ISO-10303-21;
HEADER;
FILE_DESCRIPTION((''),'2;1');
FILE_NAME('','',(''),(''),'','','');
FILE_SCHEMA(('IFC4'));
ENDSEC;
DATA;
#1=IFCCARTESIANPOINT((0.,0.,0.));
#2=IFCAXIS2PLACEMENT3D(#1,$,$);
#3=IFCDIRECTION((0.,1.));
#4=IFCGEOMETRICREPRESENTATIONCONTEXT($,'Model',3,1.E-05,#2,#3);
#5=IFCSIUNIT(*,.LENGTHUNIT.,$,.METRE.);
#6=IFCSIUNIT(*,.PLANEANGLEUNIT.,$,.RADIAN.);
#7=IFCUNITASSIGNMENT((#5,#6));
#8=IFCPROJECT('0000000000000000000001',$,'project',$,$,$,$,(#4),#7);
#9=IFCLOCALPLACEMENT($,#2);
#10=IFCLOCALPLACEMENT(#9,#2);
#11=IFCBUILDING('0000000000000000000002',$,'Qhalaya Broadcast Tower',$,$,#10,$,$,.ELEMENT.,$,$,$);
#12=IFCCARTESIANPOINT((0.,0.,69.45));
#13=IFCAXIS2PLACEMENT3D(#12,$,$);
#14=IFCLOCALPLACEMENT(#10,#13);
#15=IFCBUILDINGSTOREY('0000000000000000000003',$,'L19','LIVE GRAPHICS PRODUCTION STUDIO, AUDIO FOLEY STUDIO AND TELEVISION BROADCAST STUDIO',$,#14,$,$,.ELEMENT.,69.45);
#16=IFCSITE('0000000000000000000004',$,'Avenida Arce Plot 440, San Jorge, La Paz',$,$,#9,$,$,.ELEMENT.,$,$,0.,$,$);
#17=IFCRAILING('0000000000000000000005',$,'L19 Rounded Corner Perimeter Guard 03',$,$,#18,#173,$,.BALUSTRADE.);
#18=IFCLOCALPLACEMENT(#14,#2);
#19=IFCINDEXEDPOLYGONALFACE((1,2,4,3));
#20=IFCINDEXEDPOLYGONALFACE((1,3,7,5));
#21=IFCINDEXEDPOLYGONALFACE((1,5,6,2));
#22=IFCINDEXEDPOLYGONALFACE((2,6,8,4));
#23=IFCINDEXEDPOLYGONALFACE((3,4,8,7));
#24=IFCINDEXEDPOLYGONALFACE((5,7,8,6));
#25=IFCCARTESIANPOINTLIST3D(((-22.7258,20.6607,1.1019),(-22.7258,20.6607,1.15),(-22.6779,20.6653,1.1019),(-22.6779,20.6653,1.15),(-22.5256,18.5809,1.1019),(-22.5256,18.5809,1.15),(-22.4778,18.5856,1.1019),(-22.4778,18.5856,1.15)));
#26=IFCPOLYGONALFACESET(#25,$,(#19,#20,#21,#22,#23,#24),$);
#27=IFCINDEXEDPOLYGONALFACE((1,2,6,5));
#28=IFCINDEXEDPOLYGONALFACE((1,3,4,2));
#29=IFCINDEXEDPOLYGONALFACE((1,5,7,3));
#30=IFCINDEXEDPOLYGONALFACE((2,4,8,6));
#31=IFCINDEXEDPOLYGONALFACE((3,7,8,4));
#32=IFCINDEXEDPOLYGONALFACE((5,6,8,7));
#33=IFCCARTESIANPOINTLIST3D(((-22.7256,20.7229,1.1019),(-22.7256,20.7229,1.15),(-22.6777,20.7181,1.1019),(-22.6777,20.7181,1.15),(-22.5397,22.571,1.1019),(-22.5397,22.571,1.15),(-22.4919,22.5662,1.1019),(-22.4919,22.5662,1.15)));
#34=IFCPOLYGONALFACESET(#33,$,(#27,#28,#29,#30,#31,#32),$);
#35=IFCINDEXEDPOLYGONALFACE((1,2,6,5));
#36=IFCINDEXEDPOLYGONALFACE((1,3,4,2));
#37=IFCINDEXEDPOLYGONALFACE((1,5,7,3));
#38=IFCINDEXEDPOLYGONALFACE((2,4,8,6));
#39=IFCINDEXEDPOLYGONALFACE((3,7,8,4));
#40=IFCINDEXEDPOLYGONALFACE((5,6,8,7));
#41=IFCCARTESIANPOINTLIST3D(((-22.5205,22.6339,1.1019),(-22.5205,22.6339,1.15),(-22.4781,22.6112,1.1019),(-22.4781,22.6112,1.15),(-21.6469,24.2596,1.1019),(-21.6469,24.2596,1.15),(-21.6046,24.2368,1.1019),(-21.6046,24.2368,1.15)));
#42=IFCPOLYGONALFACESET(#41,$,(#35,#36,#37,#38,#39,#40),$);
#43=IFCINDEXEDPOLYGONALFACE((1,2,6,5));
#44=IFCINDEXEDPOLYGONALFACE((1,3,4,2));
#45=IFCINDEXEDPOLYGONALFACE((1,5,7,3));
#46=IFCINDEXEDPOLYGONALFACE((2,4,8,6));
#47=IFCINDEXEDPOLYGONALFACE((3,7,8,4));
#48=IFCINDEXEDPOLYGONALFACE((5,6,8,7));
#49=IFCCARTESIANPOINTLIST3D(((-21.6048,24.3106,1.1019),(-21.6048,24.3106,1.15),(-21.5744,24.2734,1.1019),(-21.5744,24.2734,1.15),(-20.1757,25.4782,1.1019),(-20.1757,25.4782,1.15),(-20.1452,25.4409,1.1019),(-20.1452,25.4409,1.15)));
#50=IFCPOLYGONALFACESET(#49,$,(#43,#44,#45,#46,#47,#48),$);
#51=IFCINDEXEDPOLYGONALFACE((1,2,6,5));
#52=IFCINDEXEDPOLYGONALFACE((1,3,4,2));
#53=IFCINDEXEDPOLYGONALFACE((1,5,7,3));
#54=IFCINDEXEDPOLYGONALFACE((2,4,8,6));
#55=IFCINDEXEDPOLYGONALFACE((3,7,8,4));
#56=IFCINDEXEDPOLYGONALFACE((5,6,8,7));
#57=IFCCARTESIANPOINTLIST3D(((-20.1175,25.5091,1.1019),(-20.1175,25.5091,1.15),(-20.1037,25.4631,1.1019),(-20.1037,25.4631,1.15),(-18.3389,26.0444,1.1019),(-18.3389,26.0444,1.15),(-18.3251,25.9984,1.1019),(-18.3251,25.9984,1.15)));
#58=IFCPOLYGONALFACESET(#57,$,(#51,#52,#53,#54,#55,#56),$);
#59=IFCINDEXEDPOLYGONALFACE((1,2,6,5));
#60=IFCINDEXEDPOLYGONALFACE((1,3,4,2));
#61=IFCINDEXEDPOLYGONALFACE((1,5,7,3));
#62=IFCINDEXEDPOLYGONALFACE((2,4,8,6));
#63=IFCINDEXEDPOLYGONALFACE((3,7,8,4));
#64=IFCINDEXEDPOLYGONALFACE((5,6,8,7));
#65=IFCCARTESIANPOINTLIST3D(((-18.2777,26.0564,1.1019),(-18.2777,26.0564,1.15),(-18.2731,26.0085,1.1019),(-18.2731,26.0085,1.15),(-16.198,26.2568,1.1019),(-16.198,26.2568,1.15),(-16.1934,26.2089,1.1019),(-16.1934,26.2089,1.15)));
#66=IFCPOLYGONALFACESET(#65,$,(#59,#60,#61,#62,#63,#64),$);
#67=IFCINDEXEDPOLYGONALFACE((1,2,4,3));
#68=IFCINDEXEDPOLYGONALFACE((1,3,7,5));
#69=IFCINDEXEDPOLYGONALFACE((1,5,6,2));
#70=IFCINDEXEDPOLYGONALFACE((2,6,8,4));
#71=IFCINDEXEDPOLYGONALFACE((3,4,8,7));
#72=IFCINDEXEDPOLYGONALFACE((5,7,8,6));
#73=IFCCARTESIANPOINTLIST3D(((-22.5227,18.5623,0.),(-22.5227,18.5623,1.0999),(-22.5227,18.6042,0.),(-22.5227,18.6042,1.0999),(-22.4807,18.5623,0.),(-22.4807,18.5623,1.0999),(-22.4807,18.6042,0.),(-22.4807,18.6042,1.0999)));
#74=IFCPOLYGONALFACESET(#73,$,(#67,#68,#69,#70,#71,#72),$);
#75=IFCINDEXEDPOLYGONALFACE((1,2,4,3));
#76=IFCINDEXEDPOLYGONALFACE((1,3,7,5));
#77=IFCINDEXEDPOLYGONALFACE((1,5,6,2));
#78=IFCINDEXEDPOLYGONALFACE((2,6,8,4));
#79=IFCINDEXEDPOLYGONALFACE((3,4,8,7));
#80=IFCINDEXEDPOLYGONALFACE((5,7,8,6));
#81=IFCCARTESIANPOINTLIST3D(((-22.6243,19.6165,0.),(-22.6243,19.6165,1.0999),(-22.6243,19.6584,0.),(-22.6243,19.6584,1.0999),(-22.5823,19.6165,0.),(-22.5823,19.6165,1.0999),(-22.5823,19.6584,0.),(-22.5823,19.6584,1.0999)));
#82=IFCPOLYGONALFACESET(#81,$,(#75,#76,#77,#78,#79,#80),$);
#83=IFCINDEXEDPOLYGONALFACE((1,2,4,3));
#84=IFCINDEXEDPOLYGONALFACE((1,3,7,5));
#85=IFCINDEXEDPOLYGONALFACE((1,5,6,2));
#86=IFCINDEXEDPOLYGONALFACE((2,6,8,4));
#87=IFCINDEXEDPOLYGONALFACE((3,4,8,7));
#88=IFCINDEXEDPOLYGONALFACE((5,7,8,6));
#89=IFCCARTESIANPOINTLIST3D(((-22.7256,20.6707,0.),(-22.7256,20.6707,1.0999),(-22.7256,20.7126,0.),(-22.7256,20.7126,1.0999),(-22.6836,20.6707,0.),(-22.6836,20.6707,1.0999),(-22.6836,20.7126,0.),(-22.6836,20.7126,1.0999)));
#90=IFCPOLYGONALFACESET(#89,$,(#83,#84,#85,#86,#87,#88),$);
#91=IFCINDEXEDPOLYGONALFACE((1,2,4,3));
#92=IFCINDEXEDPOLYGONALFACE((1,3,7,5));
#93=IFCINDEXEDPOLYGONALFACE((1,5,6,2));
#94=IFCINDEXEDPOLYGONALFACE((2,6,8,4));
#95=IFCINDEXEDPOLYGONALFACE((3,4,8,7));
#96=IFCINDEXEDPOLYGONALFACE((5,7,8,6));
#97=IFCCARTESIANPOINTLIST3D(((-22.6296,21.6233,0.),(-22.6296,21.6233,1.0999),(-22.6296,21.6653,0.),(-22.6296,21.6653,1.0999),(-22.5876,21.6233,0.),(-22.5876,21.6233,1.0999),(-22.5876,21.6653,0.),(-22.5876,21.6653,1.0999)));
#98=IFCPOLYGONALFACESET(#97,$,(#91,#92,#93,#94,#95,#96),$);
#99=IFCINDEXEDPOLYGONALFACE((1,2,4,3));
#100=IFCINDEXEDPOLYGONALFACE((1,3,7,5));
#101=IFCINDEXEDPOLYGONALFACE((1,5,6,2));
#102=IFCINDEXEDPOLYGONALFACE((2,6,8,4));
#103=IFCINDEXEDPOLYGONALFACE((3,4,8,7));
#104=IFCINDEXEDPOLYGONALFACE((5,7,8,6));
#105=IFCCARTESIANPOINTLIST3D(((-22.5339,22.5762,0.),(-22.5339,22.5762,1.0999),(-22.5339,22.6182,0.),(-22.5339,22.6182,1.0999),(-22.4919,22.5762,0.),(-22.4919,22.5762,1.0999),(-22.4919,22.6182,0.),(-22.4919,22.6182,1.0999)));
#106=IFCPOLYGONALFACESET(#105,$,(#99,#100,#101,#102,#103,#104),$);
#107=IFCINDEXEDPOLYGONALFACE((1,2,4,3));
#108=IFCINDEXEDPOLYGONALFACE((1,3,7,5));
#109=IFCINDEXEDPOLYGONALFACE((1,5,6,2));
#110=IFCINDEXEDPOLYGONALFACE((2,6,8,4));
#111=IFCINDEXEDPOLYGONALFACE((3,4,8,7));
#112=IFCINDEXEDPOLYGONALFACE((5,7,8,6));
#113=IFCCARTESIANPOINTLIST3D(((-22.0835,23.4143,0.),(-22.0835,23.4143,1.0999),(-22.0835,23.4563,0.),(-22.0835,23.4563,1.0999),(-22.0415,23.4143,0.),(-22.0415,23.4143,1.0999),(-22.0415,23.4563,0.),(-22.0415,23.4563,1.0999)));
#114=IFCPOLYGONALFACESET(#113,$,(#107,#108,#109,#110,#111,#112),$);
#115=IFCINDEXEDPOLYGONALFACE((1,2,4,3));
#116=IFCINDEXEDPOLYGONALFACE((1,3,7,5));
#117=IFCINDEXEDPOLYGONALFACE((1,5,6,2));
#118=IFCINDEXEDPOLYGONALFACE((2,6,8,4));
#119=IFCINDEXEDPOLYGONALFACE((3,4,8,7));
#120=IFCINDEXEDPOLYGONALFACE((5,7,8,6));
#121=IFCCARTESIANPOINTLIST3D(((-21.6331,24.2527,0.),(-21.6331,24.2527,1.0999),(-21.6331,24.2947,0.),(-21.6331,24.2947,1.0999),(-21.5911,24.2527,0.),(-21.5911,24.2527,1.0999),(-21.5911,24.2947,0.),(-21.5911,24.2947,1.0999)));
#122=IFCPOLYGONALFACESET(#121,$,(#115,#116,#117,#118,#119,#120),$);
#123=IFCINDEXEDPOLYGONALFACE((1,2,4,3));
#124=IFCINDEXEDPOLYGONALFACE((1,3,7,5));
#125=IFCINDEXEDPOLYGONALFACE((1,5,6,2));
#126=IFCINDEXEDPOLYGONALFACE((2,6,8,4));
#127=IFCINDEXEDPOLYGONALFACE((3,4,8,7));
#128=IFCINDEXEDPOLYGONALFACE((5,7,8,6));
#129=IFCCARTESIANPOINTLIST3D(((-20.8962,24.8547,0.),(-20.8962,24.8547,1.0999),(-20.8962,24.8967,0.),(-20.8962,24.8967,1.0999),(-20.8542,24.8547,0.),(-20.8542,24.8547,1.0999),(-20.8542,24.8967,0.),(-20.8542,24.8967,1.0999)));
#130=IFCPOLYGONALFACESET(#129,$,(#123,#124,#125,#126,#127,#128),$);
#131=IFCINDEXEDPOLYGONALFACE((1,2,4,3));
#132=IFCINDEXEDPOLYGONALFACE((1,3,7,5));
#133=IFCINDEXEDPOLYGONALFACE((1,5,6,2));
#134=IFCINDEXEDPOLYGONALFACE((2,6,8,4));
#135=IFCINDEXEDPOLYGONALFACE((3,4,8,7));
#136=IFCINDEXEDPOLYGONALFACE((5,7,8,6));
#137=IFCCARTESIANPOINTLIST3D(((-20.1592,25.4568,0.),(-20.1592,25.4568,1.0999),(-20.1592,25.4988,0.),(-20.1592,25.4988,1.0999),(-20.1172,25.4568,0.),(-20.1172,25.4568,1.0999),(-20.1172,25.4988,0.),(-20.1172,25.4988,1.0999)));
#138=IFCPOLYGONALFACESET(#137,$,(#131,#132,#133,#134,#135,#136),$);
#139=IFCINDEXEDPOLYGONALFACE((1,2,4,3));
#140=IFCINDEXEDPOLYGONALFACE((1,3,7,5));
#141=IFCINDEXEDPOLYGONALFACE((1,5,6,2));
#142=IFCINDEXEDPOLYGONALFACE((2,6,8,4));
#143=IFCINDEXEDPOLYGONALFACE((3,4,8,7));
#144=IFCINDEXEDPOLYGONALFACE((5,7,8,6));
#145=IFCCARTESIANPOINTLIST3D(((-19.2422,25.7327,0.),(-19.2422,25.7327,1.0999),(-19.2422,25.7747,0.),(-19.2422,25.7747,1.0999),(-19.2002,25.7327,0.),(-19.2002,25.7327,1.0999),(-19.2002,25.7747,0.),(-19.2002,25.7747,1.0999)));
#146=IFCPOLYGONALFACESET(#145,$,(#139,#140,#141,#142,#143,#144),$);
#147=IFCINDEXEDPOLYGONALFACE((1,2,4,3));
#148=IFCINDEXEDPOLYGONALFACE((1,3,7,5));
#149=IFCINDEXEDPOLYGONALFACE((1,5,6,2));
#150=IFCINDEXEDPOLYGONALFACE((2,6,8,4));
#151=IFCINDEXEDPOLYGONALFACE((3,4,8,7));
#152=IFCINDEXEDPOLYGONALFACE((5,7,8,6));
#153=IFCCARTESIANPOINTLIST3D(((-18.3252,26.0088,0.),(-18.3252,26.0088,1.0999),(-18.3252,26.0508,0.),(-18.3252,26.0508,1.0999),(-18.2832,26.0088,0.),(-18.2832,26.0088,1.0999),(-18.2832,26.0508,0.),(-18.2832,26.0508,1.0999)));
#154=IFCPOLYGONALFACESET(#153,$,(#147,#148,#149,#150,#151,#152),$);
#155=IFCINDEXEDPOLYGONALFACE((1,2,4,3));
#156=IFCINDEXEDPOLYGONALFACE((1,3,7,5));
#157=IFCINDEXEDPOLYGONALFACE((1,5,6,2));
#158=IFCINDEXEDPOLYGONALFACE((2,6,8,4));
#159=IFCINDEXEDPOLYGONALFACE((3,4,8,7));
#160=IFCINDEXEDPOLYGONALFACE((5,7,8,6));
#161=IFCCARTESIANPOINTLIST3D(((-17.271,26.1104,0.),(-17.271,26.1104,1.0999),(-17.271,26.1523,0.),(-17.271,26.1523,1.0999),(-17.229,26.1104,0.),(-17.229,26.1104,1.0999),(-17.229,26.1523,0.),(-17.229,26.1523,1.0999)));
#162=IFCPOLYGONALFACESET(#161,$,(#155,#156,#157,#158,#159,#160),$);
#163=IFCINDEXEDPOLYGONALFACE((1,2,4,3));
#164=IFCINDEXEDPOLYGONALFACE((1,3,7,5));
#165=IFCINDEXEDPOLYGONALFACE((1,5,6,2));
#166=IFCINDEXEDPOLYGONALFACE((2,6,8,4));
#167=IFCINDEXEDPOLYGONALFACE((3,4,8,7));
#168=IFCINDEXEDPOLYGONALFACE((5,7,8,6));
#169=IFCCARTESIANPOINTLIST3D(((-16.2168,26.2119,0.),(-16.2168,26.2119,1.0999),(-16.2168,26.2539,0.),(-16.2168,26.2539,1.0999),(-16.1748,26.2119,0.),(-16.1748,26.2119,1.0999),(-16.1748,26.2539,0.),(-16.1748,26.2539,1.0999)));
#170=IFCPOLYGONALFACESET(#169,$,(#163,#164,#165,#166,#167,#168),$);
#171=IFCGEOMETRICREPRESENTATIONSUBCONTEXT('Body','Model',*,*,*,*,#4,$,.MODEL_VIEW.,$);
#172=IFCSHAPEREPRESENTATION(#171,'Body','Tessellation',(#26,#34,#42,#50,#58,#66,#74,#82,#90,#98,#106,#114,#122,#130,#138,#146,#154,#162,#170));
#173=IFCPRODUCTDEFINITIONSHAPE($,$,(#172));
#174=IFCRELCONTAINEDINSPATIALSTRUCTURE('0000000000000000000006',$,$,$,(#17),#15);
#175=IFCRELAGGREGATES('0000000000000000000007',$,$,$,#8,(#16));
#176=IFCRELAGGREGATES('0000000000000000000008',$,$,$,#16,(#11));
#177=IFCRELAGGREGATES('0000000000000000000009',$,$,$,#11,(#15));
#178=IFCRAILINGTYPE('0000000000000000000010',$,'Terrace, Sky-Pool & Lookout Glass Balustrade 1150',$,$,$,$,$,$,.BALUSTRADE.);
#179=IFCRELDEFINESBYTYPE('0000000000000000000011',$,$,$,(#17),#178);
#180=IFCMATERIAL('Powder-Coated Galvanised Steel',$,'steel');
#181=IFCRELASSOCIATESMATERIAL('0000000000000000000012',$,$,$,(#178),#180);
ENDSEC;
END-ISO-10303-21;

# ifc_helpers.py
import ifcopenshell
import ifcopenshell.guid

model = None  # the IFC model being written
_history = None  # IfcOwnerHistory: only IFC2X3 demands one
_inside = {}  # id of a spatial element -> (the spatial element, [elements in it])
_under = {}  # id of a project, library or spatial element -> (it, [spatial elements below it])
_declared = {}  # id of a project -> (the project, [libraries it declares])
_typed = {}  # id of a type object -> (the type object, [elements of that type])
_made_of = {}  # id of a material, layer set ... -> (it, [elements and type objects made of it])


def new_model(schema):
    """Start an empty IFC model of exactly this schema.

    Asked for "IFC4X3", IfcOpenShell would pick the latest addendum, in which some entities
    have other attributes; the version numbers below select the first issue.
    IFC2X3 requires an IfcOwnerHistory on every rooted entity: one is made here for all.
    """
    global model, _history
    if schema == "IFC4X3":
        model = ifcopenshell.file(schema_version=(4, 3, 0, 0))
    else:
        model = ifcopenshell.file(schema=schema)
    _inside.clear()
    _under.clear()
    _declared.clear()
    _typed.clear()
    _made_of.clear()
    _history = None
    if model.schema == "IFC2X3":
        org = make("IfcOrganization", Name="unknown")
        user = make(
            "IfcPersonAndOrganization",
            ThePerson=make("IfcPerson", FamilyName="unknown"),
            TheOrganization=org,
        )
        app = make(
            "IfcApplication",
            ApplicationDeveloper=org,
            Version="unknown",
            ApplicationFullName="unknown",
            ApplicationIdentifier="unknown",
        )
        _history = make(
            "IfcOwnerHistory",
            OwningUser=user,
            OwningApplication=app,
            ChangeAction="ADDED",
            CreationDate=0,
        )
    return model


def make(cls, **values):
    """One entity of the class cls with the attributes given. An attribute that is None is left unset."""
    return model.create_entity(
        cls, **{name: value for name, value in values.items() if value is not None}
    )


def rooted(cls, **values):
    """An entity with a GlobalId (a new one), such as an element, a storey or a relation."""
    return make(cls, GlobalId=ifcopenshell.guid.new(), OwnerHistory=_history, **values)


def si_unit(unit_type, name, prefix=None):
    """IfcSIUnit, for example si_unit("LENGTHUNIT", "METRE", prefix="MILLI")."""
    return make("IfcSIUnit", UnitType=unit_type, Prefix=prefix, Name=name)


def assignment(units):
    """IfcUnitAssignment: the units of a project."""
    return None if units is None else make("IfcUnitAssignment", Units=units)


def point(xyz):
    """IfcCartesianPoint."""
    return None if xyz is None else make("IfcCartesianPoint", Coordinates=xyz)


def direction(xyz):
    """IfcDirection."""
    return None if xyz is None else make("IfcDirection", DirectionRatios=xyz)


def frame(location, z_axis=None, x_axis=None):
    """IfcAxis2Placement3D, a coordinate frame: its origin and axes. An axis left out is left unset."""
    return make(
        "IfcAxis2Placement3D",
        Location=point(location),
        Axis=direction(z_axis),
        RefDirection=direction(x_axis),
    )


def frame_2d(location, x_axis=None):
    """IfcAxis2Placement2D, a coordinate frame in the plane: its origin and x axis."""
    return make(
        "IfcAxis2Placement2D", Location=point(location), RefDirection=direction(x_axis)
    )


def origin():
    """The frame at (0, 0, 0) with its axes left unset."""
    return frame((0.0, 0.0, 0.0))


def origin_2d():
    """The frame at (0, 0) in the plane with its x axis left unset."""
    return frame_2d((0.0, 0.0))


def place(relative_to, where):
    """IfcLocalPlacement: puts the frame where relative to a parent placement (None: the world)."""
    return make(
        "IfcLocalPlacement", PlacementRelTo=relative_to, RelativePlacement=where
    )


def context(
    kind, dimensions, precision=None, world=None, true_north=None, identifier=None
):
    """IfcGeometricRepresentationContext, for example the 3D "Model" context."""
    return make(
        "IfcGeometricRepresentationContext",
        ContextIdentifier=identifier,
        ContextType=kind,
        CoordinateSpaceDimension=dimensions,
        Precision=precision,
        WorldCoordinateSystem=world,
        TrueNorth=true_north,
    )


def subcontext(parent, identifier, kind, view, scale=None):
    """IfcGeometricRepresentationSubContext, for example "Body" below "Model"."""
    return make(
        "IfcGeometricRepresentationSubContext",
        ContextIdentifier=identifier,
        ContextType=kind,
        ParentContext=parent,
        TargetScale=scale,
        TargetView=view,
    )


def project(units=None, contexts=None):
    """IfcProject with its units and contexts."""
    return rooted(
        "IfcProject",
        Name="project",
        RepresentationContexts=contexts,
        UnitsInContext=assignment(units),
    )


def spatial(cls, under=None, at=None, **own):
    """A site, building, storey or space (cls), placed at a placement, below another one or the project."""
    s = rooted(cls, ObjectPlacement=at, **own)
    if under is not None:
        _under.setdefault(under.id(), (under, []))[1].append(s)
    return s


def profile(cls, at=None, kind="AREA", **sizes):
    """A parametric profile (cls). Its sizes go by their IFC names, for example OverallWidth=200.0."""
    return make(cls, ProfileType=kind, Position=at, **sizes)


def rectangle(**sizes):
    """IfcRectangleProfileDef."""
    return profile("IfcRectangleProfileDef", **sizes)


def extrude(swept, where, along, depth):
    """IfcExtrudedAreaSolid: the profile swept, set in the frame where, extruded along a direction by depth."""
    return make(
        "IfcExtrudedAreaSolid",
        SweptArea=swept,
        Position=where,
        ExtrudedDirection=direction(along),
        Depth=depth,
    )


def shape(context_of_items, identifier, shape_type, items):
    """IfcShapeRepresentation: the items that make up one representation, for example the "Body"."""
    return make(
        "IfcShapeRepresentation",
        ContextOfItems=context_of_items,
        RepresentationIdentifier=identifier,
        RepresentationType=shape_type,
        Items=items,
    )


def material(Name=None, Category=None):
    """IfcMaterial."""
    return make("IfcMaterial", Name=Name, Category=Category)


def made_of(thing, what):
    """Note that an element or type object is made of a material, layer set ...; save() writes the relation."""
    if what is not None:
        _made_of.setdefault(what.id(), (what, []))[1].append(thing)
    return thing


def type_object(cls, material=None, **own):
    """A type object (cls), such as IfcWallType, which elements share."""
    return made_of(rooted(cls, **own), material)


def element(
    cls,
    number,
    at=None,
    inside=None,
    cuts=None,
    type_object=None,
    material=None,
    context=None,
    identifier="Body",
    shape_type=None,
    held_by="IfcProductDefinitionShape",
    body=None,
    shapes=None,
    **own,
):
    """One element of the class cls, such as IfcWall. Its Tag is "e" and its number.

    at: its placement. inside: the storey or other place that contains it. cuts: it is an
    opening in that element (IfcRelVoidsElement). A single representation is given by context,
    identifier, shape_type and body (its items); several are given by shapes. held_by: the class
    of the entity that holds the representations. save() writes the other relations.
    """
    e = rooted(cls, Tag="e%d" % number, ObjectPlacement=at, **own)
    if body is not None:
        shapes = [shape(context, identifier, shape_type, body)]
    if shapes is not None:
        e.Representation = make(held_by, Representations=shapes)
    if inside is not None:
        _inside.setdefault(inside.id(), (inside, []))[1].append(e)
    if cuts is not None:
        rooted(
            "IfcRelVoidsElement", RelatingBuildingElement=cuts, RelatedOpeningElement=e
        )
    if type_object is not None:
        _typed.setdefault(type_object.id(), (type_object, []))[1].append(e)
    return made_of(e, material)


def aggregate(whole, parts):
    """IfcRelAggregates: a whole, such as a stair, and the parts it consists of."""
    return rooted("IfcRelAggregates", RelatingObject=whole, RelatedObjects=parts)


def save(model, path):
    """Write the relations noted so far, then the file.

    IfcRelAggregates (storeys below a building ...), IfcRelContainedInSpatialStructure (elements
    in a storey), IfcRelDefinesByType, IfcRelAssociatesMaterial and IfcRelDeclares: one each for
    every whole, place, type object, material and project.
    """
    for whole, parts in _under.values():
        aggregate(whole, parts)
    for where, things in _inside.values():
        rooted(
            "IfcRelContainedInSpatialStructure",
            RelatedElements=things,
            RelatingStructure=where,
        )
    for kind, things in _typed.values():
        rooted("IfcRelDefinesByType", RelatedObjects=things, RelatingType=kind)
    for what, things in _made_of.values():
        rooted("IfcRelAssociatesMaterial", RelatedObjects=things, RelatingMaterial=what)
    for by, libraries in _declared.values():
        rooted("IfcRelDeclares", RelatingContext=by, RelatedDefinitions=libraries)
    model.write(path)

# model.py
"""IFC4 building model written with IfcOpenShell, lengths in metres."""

from ifc_helpers import new_model, si_unit, direction, frame, origin, origin_2d, place, context, subcontext, project, spatial, rectangle, extrude, material, type_object, element, save


model = new_model("IFC4")

# Units and contexts
model_context = context("Model", 3, precision=1e-05, world=origin(), true_north=direction((0.0, 1.0)))
body_context = subcontext(model_context, "Body", "Model", "MODEL_VIEW")
ifc_project = project(units=[si_unit("LENGTHUNIT", "METRE"), si_unit("PLANEANGLEUNIT", "RADIAN")], contexts=[model_context])

# Site, building, storey
site_placement = place(None, origin())
site = spatial("IfcSite", under=ifc_project, at=site_placement, Name="Avenida Arce Plot 440, San Jorge, La Paz", CompositionType="ELEMENT", RefElevation=0.0)
building_placement = place(site_placement, origin())
building = spatial("IfcBuilding", under=site, at=building_placement, Name="Qhalaya Broadcast Tower", CompositionType="ELEMENT")
storey_placement = place(building_placement, frame((0.0, 0.0, 69.45)))
storey = spatial("IfcBuildingStorey", under=building, at=storey_placement, Name="L19", Description="LIVE GRAPHICS PRODUCTION STUDIO, AUDIO FOLEY STUDIO AND TELEVISION BROADCAST STUDIO", CompositionType="ELEMENT", Elevation=69.45)

# Railing
ifc_material_1 = material(Name="Powder-Coated Galvanised Steel", Category="steel")
railing_type = type_object("IfcRailingType", Name="Terrace, Sky-Pool & Lookout Glass Balustrade 1150", PredefinedType="BALUSTRADE", material=ifc_material_1)
railing_placement = place(storey_placement, frame((-22.5017, 18.5833, 0.0)))
element("IfcRailing", 1, at=railing_placement, inside=storey, type_object=railing_type, Name="L19 Rounded Corner Perimeter Guard 03", PredefinedType="BALUSTRADE", context=body_context, shape_type="SweptSolid", body=[
    extrude(rectangle(XDim=0.0481, YDim=0.0481, at=origin_2d()), frame((0.0, 0.0, 1.126), z_axis=(-0.095783, 0.995402, 0.0), x_axis=(-0.995402, -0.095783, 0.0)), (0.0, 0.0, 1.0), 2.0894),
    extrude(rectangle(XDim=0.0481, YDim=0.0481, at=origin_2d()), frame((-0.2, 2.1372, 1.126), z_axis=(0.100072, 0.99498, 0.0), x_axis=(-0.99498, 0.100072, 0.0)), (0.0, 0.0, 1.0), 1.8574),
    extrude(rectangle(XDim=0.0481, YDim=0.0481, at=origin_2d()), frame((0.0024, 4.0393, 1.126), z_axis=(0.473342, 0.880879, 0.0), x_axis=(-0.880879, 0.473342, 0.0)), (0.0, 0.0, 1.0), 1.8455),
    extrude(rectangle(XDim=0.0481, YDim=0.0481, at=origin_2d()), frame((0.9121, 5.7087, 1.126), z_axis=(0.77442, 0.632672, 0.0), x_axis=(-0.632672, 0.77442, 0.0)), (0.0, 0.0, 1.0), 1.8455),
    extrude(rectangle(XDim=0.0481, YDim=0.0481, at=origin_2d()), frame((2.3911, 6.9028, 1.126), z_axis=(0.957566, 0.288213, 0.0), x_axis=(-0.288213, 0.957566, 0.0)), (0.0, 0.0, 1.0), 1.8574),
    extrude(rectangle(XDim=0.0481, YDim=0.0481, at=origin_2d()), frame((4.2263, 7.4492, 1.126), z_axis=(0.995391, 0.095897, 0.0), x_axis=(-0.095897, 0.995391, 0.0)), (0.0, 0.0, 1.0), 2.0894),
    extrude(rectangle(XDim=0.042, YDim=0.042, at=origin_2d()), origin(), (0.0, 0.0, 1.0), 1.0999),
    extrude(rectangle(XDim=0.042, YDim=0.042, at=origin_2d()), frame((-0.1016, 1.0542, 0.0)), (0.0, 0.0, 1.0), 1.0999),
    extrude(rectangle(XDim=0.042, YDim=0.042, at=origin_2d()), frame((-0.2029, 2.1084, 0.0)), (0.0, 0.0, 1.0), 1.0999),
    extrude(rectangle(XDim=0.042, YDim=0.042, at=origin_2d()), frame((-0.1069, 3.061, 0.0)), (0.0, 0.0, 1.0), 1.0999),
    extrude(rectangle(XDim=0.042, YDim=0.042, at=origin_2d()), frame((-0.0112, 4.0139, 0.0)), (0.0, 0.0, 1.0), 1.0999),
    extrude(rectangle(XDim=0.042, YDim=0.042, at=origin_2d()), frame((0.4392, 4.8521, 0.0)), (0.0, 0.0, 1.0), 1.0999),
    extrude(rectangle(XDim=0.042, YDim=0.042, at=origin_2d()), frame((0.8896, 5.6904, 0.0)), (0.0, 0.0, 1.0), 1.0999),
    extrude(rectangle(XDim=0.042, YDim=0.042, at=origin_2d()), frame((1.6265, 6.2925, 0.0)), (0.0, 0.0, 1.0), 1.0999),
    extrude(rectangle(XDim=0.042, YDim=0.042, at=origin_2d()), frame((2.3635, 6.8945, 0.0)), (0.0, 0.0, 1.0), 1.0999),
    extrude(rectangle(XDim=0.042, YDim=0.042, at=origin_2d()), frame((3.2805, 7.1704, 0.0)), (0.0, 0.0, 1.0), 1.0999),
    extrude(rectangle(XDim=0.042, YDim=0.042, at=origin_2d()), frame((4.1975, 7.4465, 0.0)), (0.0, 0.0, 1.0), 1.0999),
    extrude(rectangle(XDim=0.042, YDim=0.042, at=origin_2d()), frame((5.2517, 7.5481, 0.0)), (0.0, 0.0, 1.0), 1.0999),
    extrude(rectangle(XDim=0.042, YDim=0.042, at=origin_2d()), frame((6.3059, 7.6497, 0.0)), (0.0, 0.0, 1.0), 1.0999),
])

save(model, "model.ifc")
